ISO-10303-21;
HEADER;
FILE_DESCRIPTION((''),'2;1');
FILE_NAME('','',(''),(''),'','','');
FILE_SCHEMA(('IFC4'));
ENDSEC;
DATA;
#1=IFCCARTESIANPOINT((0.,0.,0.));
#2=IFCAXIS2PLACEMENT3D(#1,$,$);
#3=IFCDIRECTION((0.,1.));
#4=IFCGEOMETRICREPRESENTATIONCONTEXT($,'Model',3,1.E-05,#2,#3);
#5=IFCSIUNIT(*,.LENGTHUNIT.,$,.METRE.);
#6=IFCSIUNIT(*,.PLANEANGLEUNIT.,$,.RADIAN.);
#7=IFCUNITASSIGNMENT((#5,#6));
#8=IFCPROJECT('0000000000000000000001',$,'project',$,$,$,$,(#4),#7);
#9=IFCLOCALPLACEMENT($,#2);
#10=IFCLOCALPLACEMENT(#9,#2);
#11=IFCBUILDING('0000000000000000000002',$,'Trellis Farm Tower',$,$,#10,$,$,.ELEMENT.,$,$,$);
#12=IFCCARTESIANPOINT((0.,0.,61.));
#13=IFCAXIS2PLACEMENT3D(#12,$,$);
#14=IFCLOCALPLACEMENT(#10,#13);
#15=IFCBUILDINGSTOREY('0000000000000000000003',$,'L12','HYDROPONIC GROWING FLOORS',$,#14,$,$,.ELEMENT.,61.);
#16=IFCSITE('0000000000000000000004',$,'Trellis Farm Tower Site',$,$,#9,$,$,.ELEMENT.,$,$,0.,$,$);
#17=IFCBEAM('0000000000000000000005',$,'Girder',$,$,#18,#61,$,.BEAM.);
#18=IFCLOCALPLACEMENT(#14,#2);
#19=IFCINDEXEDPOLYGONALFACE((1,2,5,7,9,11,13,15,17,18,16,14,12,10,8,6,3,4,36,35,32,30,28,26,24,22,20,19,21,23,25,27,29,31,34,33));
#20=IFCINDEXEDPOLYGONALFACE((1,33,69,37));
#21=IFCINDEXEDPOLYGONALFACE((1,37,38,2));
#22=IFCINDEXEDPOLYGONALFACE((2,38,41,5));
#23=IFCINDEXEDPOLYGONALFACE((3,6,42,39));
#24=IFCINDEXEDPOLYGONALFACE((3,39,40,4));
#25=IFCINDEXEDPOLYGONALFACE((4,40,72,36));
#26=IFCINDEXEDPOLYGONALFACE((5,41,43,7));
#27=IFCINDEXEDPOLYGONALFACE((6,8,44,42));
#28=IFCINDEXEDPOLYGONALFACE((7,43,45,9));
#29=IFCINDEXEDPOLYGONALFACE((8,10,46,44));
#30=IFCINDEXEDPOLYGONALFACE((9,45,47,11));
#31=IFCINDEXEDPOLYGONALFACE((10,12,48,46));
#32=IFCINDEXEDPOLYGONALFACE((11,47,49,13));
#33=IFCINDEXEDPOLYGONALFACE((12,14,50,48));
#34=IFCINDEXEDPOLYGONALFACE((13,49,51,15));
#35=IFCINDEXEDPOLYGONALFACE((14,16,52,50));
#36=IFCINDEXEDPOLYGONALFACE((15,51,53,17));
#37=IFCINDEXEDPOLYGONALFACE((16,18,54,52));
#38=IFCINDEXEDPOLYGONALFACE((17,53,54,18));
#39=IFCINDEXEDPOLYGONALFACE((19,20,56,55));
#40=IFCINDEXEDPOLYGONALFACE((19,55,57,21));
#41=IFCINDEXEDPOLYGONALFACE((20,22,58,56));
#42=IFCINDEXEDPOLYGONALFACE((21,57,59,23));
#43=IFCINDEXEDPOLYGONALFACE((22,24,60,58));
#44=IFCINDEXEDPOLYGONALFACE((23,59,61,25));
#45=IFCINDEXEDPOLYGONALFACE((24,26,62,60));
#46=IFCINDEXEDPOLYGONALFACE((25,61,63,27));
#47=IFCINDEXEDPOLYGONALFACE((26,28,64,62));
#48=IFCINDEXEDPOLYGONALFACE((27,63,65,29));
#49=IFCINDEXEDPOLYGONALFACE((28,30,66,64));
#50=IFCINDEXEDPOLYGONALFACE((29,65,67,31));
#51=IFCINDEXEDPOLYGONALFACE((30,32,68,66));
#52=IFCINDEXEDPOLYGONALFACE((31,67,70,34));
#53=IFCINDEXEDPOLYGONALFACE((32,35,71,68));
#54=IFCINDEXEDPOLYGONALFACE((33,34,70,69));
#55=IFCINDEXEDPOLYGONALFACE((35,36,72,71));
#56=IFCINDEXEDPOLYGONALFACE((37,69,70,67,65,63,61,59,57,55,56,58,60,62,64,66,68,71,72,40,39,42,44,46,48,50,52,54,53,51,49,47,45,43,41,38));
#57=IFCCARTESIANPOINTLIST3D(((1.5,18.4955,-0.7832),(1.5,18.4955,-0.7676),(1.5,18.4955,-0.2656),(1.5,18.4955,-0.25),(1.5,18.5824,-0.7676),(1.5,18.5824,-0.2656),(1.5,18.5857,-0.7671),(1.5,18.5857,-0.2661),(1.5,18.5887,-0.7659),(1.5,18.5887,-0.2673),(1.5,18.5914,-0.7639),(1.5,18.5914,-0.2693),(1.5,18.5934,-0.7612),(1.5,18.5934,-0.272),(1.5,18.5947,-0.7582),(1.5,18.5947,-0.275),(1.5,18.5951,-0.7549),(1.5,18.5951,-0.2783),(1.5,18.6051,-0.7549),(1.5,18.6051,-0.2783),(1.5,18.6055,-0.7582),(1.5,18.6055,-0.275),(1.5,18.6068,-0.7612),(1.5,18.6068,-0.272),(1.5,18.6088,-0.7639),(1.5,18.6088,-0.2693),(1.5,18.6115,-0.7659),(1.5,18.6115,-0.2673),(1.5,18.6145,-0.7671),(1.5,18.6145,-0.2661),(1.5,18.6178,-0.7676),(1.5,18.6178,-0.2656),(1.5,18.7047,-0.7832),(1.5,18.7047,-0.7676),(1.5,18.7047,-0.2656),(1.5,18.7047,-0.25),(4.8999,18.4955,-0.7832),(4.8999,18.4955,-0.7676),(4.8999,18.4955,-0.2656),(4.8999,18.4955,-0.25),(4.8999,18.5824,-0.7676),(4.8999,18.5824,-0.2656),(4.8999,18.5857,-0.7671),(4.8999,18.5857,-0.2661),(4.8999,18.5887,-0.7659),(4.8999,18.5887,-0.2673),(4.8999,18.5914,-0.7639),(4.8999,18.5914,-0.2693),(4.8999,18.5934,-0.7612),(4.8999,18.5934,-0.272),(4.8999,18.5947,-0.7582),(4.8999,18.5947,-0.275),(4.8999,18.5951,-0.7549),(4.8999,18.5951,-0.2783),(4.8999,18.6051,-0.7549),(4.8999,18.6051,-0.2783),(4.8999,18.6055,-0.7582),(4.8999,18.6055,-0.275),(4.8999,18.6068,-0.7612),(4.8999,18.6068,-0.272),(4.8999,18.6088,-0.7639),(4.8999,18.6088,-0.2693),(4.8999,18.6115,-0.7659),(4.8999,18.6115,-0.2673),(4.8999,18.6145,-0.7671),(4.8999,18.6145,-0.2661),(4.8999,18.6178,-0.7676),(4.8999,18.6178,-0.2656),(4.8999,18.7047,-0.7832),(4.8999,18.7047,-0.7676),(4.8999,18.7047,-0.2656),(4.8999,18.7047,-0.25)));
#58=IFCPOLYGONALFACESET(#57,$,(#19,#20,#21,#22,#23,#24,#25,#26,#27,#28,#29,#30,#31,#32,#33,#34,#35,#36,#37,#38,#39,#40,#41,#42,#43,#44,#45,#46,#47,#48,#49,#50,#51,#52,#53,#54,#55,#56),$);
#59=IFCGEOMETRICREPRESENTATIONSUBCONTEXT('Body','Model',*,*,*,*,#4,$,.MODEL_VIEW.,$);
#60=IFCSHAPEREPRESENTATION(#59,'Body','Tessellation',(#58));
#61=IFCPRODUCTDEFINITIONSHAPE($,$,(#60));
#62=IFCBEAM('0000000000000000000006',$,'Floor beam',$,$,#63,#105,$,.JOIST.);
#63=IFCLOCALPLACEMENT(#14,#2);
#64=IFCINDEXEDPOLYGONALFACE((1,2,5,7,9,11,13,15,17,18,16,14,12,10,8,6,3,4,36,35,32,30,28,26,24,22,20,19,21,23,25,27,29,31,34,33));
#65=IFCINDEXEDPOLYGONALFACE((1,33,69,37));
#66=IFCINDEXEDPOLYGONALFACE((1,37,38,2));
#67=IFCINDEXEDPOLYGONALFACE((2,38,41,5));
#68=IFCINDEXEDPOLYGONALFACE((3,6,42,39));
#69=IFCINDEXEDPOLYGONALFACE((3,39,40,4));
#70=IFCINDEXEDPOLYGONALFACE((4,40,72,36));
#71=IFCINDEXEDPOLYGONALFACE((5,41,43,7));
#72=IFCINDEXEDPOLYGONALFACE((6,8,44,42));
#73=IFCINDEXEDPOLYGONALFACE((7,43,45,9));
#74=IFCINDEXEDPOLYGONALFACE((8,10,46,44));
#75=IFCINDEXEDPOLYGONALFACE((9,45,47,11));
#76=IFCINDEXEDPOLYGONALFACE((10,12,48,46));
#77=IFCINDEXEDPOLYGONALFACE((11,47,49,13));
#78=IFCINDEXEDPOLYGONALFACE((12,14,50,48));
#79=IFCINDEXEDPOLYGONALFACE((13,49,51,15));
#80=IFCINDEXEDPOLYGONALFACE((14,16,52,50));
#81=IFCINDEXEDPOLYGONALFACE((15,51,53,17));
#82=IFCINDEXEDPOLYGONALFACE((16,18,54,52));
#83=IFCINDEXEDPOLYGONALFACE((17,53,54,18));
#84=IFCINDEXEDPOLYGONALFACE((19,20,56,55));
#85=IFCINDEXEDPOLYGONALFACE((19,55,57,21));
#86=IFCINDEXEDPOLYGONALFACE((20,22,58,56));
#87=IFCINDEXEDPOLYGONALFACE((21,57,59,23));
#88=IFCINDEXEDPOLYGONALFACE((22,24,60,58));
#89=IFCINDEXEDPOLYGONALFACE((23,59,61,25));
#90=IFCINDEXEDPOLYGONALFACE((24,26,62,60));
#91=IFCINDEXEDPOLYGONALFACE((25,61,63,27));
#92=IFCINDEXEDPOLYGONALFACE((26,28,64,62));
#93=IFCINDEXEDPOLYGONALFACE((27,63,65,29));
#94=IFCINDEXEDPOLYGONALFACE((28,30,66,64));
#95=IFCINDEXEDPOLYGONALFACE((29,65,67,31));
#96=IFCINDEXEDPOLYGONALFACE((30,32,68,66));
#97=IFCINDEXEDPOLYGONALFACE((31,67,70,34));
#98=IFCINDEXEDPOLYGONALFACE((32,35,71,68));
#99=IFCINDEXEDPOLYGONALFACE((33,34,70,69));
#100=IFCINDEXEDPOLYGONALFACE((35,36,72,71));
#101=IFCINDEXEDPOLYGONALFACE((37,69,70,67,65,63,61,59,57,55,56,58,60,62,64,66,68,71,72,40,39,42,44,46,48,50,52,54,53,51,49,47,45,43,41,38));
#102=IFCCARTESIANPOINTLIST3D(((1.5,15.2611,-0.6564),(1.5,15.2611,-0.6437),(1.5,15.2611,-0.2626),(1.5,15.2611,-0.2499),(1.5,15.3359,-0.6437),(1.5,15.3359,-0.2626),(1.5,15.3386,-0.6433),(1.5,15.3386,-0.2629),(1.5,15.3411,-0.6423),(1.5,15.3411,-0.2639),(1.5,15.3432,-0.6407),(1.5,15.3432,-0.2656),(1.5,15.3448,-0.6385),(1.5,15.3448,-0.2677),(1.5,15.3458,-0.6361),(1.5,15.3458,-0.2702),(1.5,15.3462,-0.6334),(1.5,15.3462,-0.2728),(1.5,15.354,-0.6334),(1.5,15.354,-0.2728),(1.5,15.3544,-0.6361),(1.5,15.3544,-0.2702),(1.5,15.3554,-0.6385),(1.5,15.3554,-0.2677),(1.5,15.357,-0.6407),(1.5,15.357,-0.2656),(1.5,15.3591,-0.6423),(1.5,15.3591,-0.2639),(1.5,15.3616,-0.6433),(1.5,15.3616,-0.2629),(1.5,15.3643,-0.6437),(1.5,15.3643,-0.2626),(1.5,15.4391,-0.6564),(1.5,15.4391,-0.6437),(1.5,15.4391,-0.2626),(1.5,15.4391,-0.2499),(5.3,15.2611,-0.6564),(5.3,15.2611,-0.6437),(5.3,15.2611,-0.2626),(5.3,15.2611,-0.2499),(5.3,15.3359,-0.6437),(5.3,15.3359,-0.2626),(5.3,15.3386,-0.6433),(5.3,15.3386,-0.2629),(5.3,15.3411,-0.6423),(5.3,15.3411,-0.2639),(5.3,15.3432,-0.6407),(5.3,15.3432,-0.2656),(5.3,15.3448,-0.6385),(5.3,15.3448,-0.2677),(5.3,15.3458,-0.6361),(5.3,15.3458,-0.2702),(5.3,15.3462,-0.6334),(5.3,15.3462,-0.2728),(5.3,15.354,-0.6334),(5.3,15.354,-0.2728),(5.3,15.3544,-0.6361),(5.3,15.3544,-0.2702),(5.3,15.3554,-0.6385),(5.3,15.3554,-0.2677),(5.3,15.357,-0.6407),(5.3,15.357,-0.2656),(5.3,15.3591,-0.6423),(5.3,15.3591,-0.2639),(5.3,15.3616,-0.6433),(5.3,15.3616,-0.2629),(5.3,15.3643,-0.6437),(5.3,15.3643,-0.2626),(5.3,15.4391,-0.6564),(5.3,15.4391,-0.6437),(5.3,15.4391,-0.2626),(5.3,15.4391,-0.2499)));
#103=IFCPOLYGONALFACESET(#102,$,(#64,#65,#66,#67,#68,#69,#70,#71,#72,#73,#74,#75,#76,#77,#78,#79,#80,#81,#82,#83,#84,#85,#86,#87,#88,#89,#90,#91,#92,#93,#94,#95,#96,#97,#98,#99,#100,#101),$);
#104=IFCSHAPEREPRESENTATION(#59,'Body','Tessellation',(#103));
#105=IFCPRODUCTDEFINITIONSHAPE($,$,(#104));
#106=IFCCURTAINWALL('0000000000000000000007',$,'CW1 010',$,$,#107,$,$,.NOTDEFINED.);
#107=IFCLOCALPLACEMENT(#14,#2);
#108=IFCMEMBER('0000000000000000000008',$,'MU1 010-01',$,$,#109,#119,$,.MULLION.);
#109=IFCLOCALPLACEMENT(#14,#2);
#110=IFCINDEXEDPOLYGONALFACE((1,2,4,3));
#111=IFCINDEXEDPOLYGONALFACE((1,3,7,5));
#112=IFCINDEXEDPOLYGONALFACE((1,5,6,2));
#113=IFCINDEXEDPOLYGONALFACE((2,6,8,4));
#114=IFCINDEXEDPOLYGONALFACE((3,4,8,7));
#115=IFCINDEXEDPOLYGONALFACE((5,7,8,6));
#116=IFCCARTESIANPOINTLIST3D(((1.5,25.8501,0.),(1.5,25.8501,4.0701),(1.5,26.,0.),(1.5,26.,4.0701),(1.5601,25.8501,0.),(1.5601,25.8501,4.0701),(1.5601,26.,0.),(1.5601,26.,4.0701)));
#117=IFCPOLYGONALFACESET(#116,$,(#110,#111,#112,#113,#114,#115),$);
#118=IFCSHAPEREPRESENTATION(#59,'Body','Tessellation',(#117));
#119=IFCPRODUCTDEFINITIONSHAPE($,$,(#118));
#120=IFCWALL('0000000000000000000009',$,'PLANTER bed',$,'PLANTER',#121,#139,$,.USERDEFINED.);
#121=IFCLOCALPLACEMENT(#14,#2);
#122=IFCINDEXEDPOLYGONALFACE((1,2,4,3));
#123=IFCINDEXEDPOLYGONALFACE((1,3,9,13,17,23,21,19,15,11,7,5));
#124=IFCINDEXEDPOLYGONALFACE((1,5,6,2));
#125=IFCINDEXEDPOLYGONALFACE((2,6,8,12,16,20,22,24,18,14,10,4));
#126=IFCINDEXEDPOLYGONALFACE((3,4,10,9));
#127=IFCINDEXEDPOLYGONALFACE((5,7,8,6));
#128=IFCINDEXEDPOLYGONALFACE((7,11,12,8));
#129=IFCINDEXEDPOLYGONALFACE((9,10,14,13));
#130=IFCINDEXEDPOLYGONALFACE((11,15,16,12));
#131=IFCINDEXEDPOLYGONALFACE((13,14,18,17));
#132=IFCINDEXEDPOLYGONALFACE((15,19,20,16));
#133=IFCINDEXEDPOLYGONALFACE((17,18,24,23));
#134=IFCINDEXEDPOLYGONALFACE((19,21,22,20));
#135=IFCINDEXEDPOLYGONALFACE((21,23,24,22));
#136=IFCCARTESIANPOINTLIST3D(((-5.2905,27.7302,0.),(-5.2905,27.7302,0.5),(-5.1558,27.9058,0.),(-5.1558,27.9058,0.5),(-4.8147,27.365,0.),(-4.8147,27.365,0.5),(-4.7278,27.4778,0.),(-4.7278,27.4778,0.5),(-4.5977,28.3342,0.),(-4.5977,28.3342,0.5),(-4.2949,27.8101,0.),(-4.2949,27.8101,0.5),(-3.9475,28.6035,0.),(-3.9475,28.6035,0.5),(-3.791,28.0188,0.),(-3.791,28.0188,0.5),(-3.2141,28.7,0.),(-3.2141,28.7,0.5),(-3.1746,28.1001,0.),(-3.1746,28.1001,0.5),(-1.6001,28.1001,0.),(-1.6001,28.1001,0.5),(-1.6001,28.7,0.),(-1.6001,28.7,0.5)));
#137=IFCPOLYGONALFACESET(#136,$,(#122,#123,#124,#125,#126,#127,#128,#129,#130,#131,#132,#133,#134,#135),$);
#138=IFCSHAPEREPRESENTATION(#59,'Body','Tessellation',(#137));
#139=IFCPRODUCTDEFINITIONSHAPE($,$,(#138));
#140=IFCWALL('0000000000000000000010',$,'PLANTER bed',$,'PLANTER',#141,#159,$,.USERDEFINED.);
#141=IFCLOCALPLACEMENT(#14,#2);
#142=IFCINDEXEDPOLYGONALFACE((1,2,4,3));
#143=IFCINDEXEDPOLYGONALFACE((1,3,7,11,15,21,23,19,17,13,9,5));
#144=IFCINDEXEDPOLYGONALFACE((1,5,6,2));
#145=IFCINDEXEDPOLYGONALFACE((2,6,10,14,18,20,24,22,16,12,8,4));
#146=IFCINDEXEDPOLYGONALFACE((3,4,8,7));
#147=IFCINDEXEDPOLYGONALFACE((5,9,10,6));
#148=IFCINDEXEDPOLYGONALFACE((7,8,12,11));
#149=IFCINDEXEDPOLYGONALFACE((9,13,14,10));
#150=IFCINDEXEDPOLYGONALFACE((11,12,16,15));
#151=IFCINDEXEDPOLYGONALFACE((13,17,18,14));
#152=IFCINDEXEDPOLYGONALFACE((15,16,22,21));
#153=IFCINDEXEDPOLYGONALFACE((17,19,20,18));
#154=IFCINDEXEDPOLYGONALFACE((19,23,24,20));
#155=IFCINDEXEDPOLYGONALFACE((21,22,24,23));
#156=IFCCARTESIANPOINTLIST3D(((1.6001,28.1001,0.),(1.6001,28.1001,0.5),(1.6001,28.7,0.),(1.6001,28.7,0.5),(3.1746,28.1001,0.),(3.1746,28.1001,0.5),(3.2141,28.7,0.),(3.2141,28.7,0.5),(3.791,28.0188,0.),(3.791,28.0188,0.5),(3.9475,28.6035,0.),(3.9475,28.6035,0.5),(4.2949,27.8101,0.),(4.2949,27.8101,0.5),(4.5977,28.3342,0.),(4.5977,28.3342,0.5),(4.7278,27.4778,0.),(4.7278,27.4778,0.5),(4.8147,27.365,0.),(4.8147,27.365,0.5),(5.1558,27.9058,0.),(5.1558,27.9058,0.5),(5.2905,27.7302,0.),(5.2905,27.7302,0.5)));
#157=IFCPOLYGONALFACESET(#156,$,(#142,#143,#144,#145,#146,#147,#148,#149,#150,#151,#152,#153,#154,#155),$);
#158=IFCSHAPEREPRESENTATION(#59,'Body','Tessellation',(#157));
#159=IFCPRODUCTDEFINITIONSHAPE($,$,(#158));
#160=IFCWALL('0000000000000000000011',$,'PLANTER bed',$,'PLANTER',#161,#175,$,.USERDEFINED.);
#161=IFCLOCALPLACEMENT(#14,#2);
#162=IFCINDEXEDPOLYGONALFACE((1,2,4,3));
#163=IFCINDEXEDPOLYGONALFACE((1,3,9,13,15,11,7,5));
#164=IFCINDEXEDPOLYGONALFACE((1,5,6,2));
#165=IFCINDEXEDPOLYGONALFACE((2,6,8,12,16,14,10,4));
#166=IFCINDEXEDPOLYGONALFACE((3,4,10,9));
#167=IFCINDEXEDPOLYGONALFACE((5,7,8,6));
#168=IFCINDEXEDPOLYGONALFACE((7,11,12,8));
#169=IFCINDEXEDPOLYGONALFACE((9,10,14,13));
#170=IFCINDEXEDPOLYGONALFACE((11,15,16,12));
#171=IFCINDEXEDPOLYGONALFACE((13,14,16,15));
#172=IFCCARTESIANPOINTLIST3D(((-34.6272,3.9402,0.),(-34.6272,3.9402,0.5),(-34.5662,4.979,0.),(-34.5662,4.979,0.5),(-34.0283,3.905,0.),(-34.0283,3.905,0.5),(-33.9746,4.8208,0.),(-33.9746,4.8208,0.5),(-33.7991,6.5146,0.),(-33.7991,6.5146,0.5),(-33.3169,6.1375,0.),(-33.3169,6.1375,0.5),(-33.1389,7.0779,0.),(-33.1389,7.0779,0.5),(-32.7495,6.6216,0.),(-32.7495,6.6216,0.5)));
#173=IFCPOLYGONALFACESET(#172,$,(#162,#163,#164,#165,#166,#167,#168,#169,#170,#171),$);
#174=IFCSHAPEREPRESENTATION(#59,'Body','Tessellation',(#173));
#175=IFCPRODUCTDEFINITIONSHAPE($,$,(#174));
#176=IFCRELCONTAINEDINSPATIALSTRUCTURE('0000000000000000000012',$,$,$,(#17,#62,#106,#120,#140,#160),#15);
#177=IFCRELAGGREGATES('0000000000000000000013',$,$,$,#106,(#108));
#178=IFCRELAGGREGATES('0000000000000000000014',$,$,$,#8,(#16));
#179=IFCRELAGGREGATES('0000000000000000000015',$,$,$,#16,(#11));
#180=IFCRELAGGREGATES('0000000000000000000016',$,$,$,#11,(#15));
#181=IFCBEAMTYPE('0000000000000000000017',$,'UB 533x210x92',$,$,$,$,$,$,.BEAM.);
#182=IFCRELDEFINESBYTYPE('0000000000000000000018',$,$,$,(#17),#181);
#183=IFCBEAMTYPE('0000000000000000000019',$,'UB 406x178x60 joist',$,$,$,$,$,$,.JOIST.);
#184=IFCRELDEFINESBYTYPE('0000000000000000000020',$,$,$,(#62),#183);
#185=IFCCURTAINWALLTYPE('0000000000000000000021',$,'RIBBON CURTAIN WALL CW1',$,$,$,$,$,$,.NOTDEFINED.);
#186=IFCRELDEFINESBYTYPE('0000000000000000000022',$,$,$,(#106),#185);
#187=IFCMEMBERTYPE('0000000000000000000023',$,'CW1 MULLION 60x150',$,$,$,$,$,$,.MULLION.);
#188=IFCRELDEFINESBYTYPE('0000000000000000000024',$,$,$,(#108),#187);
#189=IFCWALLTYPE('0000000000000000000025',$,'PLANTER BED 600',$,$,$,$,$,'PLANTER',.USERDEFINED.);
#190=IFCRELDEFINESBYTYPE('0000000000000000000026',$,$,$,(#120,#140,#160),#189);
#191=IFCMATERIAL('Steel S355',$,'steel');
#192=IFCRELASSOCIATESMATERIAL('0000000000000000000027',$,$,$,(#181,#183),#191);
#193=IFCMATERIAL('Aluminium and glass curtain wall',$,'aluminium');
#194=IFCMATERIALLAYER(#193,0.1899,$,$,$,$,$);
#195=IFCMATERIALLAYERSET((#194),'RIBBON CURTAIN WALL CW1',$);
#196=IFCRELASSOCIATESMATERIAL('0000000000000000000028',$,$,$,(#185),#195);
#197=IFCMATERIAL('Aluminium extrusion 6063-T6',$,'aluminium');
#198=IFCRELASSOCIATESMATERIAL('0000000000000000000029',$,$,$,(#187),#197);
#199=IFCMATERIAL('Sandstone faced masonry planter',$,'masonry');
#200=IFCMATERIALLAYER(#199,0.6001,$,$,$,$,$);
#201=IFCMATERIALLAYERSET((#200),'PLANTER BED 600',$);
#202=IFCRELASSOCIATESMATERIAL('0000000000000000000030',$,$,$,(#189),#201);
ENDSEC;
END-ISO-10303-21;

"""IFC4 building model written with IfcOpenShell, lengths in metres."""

from ifc_helpers import new_model, si_unit, direction, frame, origin, origin_2d, place, context, subcontext, project, spatial, polyline, rectangle, i_section, outline, extrude, source, transform, mapped, material, layer, layer_set, material_profile, profile_set, type_object, element, aggregate, save


model = new_model("IFC4")

# Units and contexts
model_context = context("Model", 3, precision=1e-05, world=origin(), true_north=direction((0.0, 1.0)))
body_context = subcontext(model_context, "Body", "Model", "MODEL_VIEW")
ifc_project = project(units=[si_unit("LENGTHUNIT", "METRE"), si_unit("PLANEANGLEUNIT", "RADIAN")], contexts=[model_context])

# Site, building, storey
site_placement = place(None, origin())
site = spatial("IfcSite", under=ifc_project, at=site_placement, Name="Trellis Farm Tower Site", CompositionType="ELEMENT", RefElevation=0.0)
building_placement = place(site_placement, origin())
building = spatial("IfcBuilding", under=site, at=building_placement, Name="Trellis Farm Tower", CompositionType="ELEMENT")
storey_placement = place(building_placement, frame((0.0, 0.0, 61.0)))
storey = spatial("IfcBuildingStorey", under=building, at=storey_placement, Name="L12", Description="HYDROPONIC GROWING FLOORS", CompositionType="ELEMENT", Elevation=61.0)

# Beams
ifc_material_1 = material(Name="Steel S355", Category="steel")
ifc_material_profile_1 = material_profile(ifc_material_1, i_section(OverallWidth=0.2092, OverallDepth=0.5332, WebThickness=0.01, FlangeThickness=0.0156, FilletRadius=0.0127, at=origin_2d()), Name="UB 533x210x92")
ifc_profile_set_1 = profile_set([ifc_material_profile_1], Name="Steel S355")
beam_type_1 = type_object("IfcBeamType", Name="UB 533x210x92", PredefinedType="BEAM", material=ifc_profile_set_1)
shared_shape_1 = source(origin(), body_context, "Body", "SweptSolid", [
    extrude(i_section(OverallWidth=0.2092, OverallDepth=0.5332, WebThickness=0.01, FlangeThickness=0.0156, FilletRadius=0.0127, at=origin_2d()), origin(), (0.0, 0.0, 1.0), 3.3999),
])
beam_1_placement = place(storey_placement, frame((1.5, 18.6001, -0.5166), z_axis=(1.0, 0.0, 0.0), x_axis=(0.0, 1.0, 0.0)))
element("IfcBeam", 1, at=beam_1_placement, inside=storey, type_object=beam_type_1, Name="Girder", PredefinedType="BEAM", context=body_context, shape_type="MappedRepresentation", body=[
    mapped(shared_shape_1, transform((0.0, 0.0, 0.0))),
])
ifc_material_profile_2 = material_profile(ifc_material_1, i_section(OverallWidth=0.178, OverallDepth=0.4065, WebThickness=0.0078, FlangeThickness=0.0127, FilletRadius=0.0103, at=origin_2d()), Name="UB 406x178x60")
ifc_profile_set_2 = profile_set([ifc_material_profile_2], Name="Steel S355")
beam_type_2 = type_object("IfcBeamType", Name="UB 406x178x60 joist", PredefinedType="JOIST", material=ifc_profile_set_2)
shared_shape_2 = source(origin(), body_context, "Body", "SweptSolid", [
    extrude(i_section(OverallWidth=0.178, OverallDepth=0.4065, WebThickness=0.0078, FlangeThickness=0.0127, FilletRadius=0.0103, at=origin_2d()), origin(), (0.0, 0.0, 1.0), 3.8),
])
beam_2_placement = place(storey_placement, frame((1.5, 15.3501, -0.4531), z_axis=(1.0, 0.0, 0.0), x_axis=(0.0, 1.0, 0.0)))
element("IfcBeam", 2, at=beam_2_placement, inside=storey, type_object=beam_type_2, Name="Floor beam", PredefinedType="JOIST", context=body_context, shape_type="MappedRepresentation", body=[
    mapped(shared_shape_2, transform((0.0, 0.0, 0.0))),
])

# Curtain wall, member
ifc_material_2 = material(Name="Aluminium and glass curtain wall", Category="aluminium")
ifc_layer_1 = layer(ifc_material_2, 0.1899)
ifc_layer_set_1 = layer_set([ifc_layer_1], Name="RIBBON CURTAIN WALL CW1")
curtain_wall_type = type_object("IfcCurtainWallType", Name="RIBBON CURTAIN WALL CW1", PredefinedType="NOTDEFINED", material=ifc_layer_set_1)
placement = place(storey_placement, origin())
curtain_wall = element("IfcCurtainWall", 3, at=placement, inside=storey, type_object=curtain_wall_type, Name="CW1 010", PredefinedType="NOTDEFINED")
ifc_material_3 = material(Name="Aluminium extrusion 6063-T6", Category="aluminium")
ifc_material_profile_3 = material_profile(ifc_material_3, rectangle(XDim=0.0601, YDim=0.1499, at=origin_2d()), Name="MULLION 60x150")
ifc_profile_set_3 = profile_set([ifc_material_profile_3], Name="Aluminium extrusion 6063-T6")
member_type = type_object("IfcMemberType", Name="CW1 MULLION 60x150", PredefinedType="MULLION", material=ifc_profile_set_3)
shared_shape_3 = source(origin(), body_context, "Body", "SweptSolid", [
    extrude(rectangle(XDim=0.0601, YDim=0.1499, at=origin_2d()), origin(), (0.0, 0.0, 1.0), 4.0701),
])
member_placement = place(storey_placement, frame((1.53, 25.925, 0.0), z_axis=(0.0, 0.0, 1.0), x_axis=(-1.0, 0.0, 0.0)))
member = element("IfcMember", 4, at=member_placement, type_object=member_type, Name="MU1 010-01", PredefinedType="MULLION", context=body_context, shape_type="MappedRepresentation", body=[
    mapped(shared_shape_3, transform((0.0, 0.0, 0.0))),
])
aggregate(curtain_wall, [member])

# Walls
ifc_material_4 = material(Name="Sandstone faced masonry planter", Category="masonry")
ifc_layer_2 = layer(ifc_material_4, 0.6001)
ifc_layer_set_2 = layer_set([ifc_layer_2], Name="PLANTER BED 600")
wall_type_1 = type_object("IfcWallType", Name="PLANTER BED 600", ElementType="PLANTER", PredefinedType="USERDEFINED", material=ifc_layer_set_2)
element("IfcWall", 5, at=placement, inside=storey, type_object=wall_type_1, Name="PLANTER bed", ObjectType="PLANTER", PredefinedType="USERDEFINED", context=body_context, shape_type="SweptSolid", body=[
    extrude(outline(polyline([(-5.1558, 27.9058), (-4.5977, 28.3342), (-3.9475, 28.6035), (-3.2141, 28.7), (-1.6001, 28.7), (-1.6001, 28.1001), (-3.1746, 28.1001), (-3.791, 28.0188), (-4.2949, 27.8101), (-4.7278, 27.4778), (-4.8147, 27.365), (-5.2905, 27.7302), (-5.1558, 27.9058)])), origin(), (0.0, 0.0, 1.0), 0.5),
])
element("IfcWall", 6, at=placement, inside=storey, type_object=wall_type_1, Name="PLANTER bed", ObjectType="PLANTER", PredefinedType="USERDEFINED", context=body_context, shape_type="SweptSolid", body=[
    extrude(outline(polyline([(3.9475, 28.6035), (4.5977, 28.3342), (5.1558, 27.9058), (5.2905, 27.7302), (4.8147, 27.365), (4.7278, 27.4778), (4.2949, 27.8101), (3.791, 28.0188), (3.1746, 28.1001), (1.6001, 28.1001), (1.6001, 28.7), (3.2141, 28.7), (3.9475, 28.6035)])), origin(), (0.0, 0.0, 1.0), 0.5),
])
element("IfcWall", 7, at=placement, inside=storey, type_object=wall_type_1, Name="PLANTER bed", ObjectType="PLANTER", PredefinedType="USERDEFINED", context=body_context, shape_type="SweptSolid", body=[
    extrude(outline(polyline([(-33.7991, 6.5146), (-33.1389, 7.0779), (-32.7495, 6.6216), (-33.3169, 6.1375), (-33.9746, 4.8208), (-34.0283, 3.905), (-34.6272, 3.9402), (-34.5662, 4.979), (-33.7991, 6.5146)])), origin(), (0.0, 0.0, 1.0), 0.5),
])

save(model, "model.ifc")
